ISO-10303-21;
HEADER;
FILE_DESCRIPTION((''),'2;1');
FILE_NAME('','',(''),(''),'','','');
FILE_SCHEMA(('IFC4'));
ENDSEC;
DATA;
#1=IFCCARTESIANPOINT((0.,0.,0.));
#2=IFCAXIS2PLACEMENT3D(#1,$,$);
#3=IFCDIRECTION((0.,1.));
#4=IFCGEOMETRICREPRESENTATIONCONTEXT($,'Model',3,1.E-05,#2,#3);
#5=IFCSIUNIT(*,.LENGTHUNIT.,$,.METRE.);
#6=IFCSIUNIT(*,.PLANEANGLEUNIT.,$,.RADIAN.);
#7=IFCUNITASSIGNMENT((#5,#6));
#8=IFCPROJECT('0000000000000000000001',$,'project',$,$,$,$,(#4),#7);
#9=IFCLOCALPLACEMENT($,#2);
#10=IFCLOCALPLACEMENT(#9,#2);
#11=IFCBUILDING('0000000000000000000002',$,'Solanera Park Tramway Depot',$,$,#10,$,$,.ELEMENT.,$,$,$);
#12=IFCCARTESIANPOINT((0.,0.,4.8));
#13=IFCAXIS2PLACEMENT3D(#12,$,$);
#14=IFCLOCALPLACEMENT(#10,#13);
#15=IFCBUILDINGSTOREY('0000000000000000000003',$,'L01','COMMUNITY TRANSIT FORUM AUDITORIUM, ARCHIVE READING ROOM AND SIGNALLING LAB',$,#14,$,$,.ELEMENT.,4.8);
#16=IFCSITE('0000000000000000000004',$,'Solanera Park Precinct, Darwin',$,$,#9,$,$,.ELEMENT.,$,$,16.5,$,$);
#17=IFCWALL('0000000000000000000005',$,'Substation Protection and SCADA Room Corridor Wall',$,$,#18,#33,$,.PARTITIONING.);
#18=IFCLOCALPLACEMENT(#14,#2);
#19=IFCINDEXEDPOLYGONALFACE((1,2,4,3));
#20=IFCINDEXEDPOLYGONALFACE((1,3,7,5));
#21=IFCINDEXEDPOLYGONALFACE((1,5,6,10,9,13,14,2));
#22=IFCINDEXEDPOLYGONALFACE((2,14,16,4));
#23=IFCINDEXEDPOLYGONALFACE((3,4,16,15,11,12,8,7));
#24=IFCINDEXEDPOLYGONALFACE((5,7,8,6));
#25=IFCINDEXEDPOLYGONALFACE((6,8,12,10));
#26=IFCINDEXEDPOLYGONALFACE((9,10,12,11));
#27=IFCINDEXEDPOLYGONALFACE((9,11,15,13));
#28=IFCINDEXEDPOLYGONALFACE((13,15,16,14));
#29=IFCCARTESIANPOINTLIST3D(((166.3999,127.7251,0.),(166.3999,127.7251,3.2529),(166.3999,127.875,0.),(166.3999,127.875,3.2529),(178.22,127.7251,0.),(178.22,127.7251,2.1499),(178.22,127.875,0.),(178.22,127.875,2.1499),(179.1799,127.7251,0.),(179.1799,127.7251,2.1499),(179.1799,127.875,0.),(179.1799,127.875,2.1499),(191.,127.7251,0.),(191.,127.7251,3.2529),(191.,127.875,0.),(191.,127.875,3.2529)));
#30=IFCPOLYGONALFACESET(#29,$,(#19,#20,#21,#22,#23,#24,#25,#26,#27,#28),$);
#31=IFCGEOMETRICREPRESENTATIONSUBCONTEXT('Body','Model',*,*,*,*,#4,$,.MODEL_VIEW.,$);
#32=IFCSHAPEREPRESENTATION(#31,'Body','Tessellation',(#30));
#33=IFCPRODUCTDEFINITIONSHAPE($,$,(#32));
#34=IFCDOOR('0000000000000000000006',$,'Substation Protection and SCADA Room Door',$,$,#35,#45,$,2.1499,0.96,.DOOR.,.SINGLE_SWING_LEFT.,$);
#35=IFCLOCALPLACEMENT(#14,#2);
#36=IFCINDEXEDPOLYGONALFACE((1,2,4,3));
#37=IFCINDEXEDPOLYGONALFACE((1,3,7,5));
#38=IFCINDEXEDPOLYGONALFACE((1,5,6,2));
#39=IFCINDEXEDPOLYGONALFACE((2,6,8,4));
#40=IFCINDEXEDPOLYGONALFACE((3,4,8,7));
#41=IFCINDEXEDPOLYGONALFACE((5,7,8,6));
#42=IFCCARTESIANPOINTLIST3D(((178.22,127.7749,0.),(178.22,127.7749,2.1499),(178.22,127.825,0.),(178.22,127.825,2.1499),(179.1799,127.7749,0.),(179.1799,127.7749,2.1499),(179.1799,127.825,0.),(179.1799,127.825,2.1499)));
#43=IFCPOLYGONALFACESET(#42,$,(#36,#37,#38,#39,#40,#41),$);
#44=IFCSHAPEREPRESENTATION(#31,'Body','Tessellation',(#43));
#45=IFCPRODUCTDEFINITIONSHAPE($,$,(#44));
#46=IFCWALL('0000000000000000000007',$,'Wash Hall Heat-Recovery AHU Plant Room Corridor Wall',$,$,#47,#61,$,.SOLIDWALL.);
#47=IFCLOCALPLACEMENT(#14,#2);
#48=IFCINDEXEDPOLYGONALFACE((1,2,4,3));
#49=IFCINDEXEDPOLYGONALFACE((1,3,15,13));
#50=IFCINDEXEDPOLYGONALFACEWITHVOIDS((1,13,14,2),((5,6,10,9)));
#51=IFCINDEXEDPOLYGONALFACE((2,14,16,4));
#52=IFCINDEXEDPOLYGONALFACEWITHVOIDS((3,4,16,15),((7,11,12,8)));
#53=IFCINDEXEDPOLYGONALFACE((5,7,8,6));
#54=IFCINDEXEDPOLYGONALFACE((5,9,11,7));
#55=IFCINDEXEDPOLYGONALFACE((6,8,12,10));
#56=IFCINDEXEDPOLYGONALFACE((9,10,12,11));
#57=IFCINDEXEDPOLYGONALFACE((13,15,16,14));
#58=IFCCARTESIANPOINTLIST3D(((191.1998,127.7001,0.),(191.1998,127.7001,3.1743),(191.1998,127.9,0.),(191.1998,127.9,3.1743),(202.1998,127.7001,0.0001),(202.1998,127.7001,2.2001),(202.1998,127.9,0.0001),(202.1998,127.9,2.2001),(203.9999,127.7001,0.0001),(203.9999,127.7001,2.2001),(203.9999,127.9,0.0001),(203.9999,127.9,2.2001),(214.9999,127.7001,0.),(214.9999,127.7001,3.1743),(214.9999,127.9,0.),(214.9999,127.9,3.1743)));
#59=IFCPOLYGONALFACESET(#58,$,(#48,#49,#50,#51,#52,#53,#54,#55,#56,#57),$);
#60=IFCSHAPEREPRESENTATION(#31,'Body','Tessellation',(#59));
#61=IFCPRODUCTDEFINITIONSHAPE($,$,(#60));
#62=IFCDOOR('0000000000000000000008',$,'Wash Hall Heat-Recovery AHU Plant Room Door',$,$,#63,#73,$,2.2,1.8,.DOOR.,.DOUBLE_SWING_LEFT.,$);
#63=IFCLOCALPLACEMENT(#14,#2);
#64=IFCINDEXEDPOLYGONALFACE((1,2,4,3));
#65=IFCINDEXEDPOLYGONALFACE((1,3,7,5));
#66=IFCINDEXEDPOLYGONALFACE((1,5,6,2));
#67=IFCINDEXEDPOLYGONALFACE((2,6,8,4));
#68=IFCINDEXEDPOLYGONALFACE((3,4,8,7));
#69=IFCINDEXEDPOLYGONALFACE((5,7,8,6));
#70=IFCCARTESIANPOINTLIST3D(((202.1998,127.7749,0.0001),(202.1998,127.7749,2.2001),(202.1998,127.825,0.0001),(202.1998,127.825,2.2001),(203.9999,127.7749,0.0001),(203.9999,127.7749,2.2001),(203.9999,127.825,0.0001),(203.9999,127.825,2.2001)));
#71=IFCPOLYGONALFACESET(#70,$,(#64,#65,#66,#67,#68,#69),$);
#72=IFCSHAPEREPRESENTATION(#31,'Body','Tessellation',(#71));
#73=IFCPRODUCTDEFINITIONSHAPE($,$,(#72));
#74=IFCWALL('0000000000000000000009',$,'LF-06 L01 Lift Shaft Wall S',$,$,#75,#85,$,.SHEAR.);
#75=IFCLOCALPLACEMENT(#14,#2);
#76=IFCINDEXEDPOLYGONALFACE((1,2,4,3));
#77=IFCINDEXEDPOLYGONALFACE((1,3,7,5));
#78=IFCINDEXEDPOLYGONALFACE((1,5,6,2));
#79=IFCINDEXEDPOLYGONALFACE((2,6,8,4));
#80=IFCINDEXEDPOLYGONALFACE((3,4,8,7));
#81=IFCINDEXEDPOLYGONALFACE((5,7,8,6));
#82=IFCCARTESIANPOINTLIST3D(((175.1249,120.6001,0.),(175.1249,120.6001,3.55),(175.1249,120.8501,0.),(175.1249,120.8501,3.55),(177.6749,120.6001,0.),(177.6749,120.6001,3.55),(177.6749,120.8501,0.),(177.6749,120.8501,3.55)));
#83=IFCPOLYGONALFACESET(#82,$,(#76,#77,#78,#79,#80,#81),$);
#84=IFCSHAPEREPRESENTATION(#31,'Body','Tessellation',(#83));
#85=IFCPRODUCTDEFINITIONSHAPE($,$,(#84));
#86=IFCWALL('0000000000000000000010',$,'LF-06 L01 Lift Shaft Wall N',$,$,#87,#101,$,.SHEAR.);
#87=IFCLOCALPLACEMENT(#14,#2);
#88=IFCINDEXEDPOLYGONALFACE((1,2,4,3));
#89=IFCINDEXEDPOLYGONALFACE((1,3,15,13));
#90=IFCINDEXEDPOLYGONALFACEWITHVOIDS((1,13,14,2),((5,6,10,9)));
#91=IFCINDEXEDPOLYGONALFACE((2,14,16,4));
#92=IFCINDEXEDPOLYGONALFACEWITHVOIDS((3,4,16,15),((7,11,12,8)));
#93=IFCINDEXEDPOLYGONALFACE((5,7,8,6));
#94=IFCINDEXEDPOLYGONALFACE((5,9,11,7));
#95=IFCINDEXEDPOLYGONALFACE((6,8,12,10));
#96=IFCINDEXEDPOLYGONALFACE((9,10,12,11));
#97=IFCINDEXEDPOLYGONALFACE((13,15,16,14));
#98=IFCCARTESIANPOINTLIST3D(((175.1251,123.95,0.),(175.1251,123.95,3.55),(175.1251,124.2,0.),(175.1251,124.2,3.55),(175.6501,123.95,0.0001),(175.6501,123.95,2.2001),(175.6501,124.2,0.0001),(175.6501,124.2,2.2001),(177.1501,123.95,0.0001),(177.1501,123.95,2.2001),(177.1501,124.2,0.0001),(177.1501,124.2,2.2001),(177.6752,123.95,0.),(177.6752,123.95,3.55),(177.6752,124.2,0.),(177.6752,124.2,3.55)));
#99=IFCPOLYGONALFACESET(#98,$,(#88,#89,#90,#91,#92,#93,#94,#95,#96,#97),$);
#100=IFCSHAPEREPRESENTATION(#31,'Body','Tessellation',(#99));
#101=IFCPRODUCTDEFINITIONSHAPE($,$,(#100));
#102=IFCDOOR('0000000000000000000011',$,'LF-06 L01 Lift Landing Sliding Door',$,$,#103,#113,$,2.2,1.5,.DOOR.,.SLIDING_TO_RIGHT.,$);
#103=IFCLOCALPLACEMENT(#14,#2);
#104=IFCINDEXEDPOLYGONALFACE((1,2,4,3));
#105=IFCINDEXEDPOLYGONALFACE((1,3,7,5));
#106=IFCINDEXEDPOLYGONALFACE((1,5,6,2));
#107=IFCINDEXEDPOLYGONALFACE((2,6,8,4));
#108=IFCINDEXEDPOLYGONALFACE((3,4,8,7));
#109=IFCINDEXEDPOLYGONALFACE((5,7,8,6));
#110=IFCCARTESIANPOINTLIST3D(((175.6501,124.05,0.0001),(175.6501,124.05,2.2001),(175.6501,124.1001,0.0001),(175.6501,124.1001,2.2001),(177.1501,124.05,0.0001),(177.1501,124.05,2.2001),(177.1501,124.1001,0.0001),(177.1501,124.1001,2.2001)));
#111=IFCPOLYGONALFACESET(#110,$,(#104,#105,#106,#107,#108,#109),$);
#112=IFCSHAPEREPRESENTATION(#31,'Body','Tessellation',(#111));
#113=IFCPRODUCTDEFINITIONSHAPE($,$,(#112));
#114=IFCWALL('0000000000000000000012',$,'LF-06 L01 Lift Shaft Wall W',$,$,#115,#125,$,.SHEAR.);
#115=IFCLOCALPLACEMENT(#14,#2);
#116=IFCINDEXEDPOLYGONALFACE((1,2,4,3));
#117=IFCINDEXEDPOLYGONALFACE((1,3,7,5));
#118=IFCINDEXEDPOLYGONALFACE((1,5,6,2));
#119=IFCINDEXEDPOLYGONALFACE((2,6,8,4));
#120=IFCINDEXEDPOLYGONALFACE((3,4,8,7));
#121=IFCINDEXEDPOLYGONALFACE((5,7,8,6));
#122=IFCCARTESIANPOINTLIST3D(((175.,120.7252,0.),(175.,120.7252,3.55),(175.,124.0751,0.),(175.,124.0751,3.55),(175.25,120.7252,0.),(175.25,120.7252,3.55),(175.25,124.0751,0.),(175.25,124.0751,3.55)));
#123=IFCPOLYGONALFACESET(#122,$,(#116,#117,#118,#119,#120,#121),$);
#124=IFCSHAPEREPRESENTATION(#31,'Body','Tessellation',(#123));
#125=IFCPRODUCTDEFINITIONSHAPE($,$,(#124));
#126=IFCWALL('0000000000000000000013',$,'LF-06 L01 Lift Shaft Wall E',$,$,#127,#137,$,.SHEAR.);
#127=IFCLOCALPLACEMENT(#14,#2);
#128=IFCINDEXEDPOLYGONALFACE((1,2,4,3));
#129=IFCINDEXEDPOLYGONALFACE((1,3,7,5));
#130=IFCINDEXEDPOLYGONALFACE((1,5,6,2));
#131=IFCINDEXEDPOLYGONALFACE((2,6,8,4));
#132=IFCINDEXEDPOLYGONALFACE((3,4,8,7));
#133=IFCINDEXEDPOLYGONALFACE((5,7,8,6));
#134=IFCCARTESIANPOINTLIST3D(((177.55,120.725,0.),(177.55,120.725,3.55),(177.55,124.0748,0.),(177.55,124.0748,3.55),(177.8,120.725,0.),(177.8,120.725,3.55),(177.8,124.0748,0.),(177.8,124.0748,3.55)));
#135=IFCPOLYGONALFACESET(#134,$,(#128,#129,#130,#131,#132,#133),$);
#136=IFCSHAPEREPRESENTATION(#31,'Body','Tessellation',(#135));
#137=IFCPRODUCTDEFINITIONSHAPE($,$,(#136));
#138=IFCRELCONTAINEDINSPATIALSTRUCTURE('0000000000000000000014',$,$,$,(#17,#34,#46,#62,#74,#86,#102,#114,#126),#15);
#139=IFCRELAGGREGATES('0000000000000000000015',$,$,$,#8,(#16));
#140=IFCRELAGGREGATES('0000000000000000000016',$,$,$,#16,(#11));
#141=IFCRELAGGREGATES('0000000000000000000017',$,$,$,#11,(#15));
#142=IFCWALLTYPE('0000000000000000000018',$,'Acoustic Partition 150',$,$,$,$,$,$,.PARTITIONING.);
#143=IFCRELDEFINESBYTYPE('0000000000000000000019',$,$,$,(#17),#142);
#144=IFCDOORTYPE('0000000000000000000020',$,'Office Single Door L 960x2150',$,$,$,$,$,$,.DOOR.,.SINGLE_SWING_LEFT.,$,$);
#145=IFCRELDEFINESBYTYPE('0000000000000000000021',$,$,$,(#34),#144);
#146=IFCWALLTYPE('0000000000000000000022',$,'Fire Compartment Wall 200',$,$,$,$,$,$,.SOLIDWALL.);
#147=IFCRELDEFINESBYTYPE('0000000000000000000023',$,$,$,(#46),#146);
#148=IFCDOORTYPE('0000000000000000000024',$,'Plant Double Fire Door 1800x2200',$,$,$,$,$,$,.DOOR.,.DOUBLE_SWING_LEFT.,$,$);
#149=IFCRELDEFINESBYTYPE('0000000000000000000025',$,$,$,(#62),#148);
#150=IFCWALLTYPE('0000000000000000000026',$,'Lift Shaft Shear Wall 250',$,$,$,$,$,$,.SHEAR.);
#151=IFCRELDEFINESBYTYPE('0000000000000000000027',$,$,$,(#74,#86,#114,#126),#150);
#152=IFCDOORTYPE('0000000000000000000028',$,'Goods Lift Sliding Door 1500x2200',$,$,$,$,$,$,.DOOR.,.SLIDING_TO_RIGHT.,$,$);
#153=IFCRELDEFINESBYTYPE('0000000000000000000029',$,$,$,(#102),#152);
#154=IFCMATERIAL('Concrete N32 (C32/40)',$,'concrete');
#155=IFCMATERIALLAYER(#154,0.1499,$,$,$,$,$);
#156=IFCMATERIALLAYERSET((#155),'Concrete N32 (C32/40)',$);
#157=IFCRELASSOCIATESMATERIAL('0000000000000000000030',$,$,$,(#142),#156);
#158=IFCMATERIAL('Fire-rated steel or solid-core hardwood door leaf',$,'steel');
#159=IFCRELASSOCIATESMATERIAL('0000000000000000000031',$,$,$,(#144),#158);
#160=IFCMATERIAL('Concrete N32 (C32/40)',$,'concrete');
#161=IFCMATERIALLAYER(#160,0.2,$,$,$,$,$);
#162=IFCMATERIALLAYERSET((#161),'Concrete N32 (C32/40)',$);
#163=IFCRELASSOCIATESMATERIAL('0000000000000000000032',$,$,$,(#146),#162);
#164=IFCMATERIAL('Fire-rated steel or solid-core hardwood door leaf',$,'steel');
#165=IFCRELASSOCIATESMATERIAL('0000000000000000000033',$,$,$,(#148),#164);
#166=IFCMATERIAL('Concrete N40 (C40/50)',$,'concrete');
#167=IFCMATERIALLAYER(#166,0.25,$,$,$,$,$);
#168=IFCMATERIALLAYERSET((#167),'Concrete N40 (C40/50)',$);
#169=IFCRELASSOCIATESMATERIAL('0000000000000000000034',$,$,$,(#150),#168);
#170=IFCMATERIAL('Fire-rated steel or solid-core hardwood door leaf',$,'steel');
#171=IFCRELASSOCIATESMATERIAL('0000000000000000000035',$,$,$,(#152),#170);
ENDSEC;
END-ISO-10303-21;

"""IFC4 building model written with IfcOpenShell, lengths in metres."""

from ifc_helpers import new_model, si_unit, direction, frame, frame_2d, origin, place, context, subcontext, project, spatial, rectangle, extrude, material, layer, layer_set, type_object, element, fill, save


model = new_model("IFC4")

# Units and contexts
model_context = context("Model", 3, precision=1e-05, world=origin(), true_north=direction((0.0, 1.0)))
body_context = subcontext(model_context, "Body", "Model", "MODEL_VIEW")
ifc_project = project(units=[si_unit("LENGTHUNIT", "METRE"), si_unit("PLANEANGLEUNIT", "RADIAN")], contexts=[model_context])

# Site, building, storey
site_placement = place(None, origin())
site = spatial("IfcSite", under=ifc_project, at=site_placement, Name="Solanera Park Precinct, Darwin", CompositionType="ELEMENT", RefElevation=16.5)
building_placement = place(site_placement, origin())
building = spatial("IfcBuilding", under=site, at=building_placement, Name="Solanera Park Tramway Depot", CompositionType="ELEMENT")
storey_placement = place(building_placement, frame((0.0, 0.0, 4.8)))
storey = spatial("IfcBuildingStorey", under=building, at=storey_placement, Name="L01", Description="COMMUNITY TRANSIT FORUM AUDITORIUM, ARCHIVE READING ROOM AND SIGNALLING LAB", CompositionType="ELEMENT", Elevation=4.8)

# Shared definitions
ifc_material_1 = material(Name="Concrete N32 (C32/40)", Category="concrete")
ifc_layer_1 = layer(ifc_material_1, 0.1499)
ifc_layer_set_1 = layer_set([ifc_layer_1], Name="Concrete N32 (C32/40)")
wall_type_1 = type_object("IfcWallType", Name="Acoustic Partition 150", PredefinedType="PARTITIONING", material=ifc_layer_set_1)

# Walls, openings, doors
wall_1_placement = place(storey_placement, frame((166.3999, 127.8, 0.0), z_axis=(0.0, 0.0, 1.0), x_axis=(1.0, 0.0, 0.0)))
wall_1 = element("IfcWall", 1, at=wall_1_placement, inside=storey, type_object=wall_type_1, Name="Substation Protection and SCADA Room Corridor Wall", PredefinedType="PARTITIONING", context=body_context, shape_type="SweptSolid", body=[
    extrude(rectangle(XDim=24.6001, YDim=0.1499, at=frame_2d((12.3, 0.0))), origin(), (0.0, 0.0, 1.0), 3.2529),
])
opening_1_placement = place(wall_1_placement, frame((11.8201, 0.0, 0.0)))
opening_1 = element("IfcOpeningElement", 2, at=opening_1_placement, cuts=wall_1, PredefinedType="OPENING", context=body_context, shape_type="SweptSolid", body=[
    extrude(rectangle(XDim=0.96, YDim=2.1499, at=frame_2d((0.48, 1.075))), frame((0.0, 0.085, 0.0), z_axis=(0.0, -1.0, 0.0), x_axis=(1.0, 0.0, 0.0)), (0.0, 0.0, 1.0), 0.1699),
])
ifc_material_2 = material(Name="Fire-rated steel or solid-core hardwood door leaf", Category="steel")
door_type_1 = type_object("IfcDoorType", Name="Office Single Door L 960x2150", OperationType="SINGLE_SWING_LEFT", PredefinedType="DOOR", material=ifc_material_2)
door_1_placement = place(opening_1_placement, origin())
door_1 = element("IfcDoor", 3, at=door_1_placement, inside=storey, type_object=door_type_1, Name="Substation Protection and SCADA Room Door", OperationType="SINGLE_SWING_LEFT", OverallHeight=2.1499, OverallWidth=0.96, PredefinedType="DOOR", context=body_context, shape_type="SweptSolid", body=[
    extrude(rectangle(XDim=0.96, YDim=2.1499, at=frame_2d((0.48, 1.075))), frame((0.0, 0.0249, 0.0), z_axis=(0.0, -1.0, 0.0), x_axis=(1.0, 0.0, 0.0)), (0.0, 0.0, 1.0), 0.05),
])
fill(opening_1, door_1)
ifc_material_3 = material(Name="Concrete N32 (C32/40)", Category="concrete")
ifc_layer_2 = layer(ifc_material_3, 0.2)
ifc_layer_set_2 = layer_set([ifc_layer_2], Name="Concrete N32 (C32/40)")
wall_type_2 = type_object("IfcWallType", Name="Fire Compartment Wall 200", PredefinedType="SOLIDWALL", material=ifc_layer_set_2)
wall_2_placement = place(storey_placement, frame((191.2, 127.8, 0.0), z_axis=(0.0, 0.0, 1.0), x_axis=(1.0, 0.0, 0.0)))
wall_2 = element("IfcWall", 4, at=wall_2_placement, inside=storey, type_object=wall_type_2, Name="Wash Hall Heat-Recovery AHU Plant Room Corridor Wall", PredefinedType="SOLIDWALL", context=body_context, shape_type="SweptSolid", body=[
    extrude(rectangle(XDim=23.8, YDim=0.2, at=frame_2d((11.8999, 0.0))), origin(), (0.0, 0.0, 1.0), 3.1743),
])
opening_2_placement = place(wall_2_placement, frame((11.0, 0.0, 0.0)))
opening_2 = element("IfcOpeningElement", 5, at=opening_2_placement, cuts=wall_2, PredefinedType="OPENING", context=body_context, shape_type="SweptSolid", body=[
    extrude(rectangle(XDim=1.8, YDim=2.2, at=frame_2d((0.8999, 1.1001))), frame((0.0, 0.1099, 0.0), z_axis=(0.0, -1.0, 0.0), x_axis=(1.0, 0.0, 0.0)), (0.0, 0.0, 1.0), 0.22),
])
ifc_material_4 = material(Name="Fire-rated steel or solid-core hardwood door leaf", Category="steel")
door_type_2 = type_object("IfcDoorType", Name="Plant Double Fire Door 1800x2200", OperationType="DOUBLE_SWING_LEFT", PredefinedType="DOOR", material=ifc_material_4)
door_2_placement = place(opening_2_placement, origin())
door_2 = element("IfcDoor", 6, at=door_2_placement, inside=storey, type_object=door_type_2, Name="Wash Hall Heat-Recovery AHU Plant Room Door", OperationType="DOUBLE_SWING_LEFT", OverallHeight=2.2, OverallWidth=1.8, PredefinedType="DOOR", context=body_context, shape_type="SweptSolid", body=[
    extrude(rectangle(XDim=1.8, YDim=2.2, at=frame_2d((0.8999, 1.1001))), frame((0.0, 0.0249, 0.0), z_axis=(0.0, -1.0, 0.0), x_axis=(1.0, 0.0, 0.0)), (0.0, 0.0, 1.0), 0.05),
])
fill(opening_2, door_2)

# Wall
ifc_material_5 = material(Name="Concrete N40 (C40/50)", Category="concrete")
ifc_layer_3 = layer(ifc_material_5, 0.25)
ifc_layer_set_3 = layer_set([ifc_layer_3], Name="Concrete N40 (C40/50)")
wall_type_3 = type_object("IfcWallType", Name="Lift Shaft Shear Wall 250", PredefinedType="SHEAR", material=ifc_layer_set_3)
wall_3_placement = place(storey_placement, frame((175.125, 120.7251, 0.0), z_axis=(0.0, 0.0, 1.0), x_axis=(1.0, 0.0, 0.0)))
element("IfcWall", 7, at=wall_3_placement, inside=storey, type_object=wall_type_3, Name="LF-06 L01 Lift Shaft Wall S", PredefinedType="SHEAR", context=body_context, shape_type="SweptSolid", body=[
    extrude(rectangle(XDim=2.55, YDim=0.25, at=frame_2d((1.2749, 0.0))), origin(), (0.0, 0.0, 1.0), 3.55),
])

# Wall, opening, door
wall_4_placement = place(storey_placement, frame((177.675, 124.075, 0.0), z_axis=(0.0, 0.0, 1.0), x_axis=(-1.0, 0.0, 0.0)))
wall_4 = element("IfcWall", 8, at=wall_4_placement, inside=storey, type_object=wall_type_3, Name="LF-06 L01 Lift Shaft Wall N", PredefinedType="SHEAR", context=body_context, shape_type="SweptSolid", body=[
    extrude(rectangle(XDim=2.55, YDim=0.25, at=frame_2d((1.2749, 0.0))), origin(), (0.0, 0.0, 1.0), 3.55),
])
opening_3_placement = place(wall_4_placement, frame((0.5249, 0.0, 0.0)))
opening_3 = element("IfcOpeningElement", 9, at=opening_3_placement, cuts=wall_4, PredefinedType="OPENING", context=body_context, shape_type="SweptSolid", body=[
    extrude(rectangle(XDim=1.5, YDim=2.2, at=frame_2d((0.75, 1.1001))), frame((0.0, 0.135, 0.0), z_axis=(0.0, -1.0, 0.0), x_axis=(1.0, 0.0, 0.0)), (0.0, 0.0, 1.0), 0.27),
])
ifc_material_6 = material(Name="Fire-rated steel or solid-core hardwood door leaf", Category="steel")
door_type_3 = type_object("IfcDoorType", Name="Goods Lift Sliding Door 1500x2200", OperationType="SLIDING_TO_RIGHT", PredefinedType="DOOR", material=ifc_material_6)
door_3_placement = place(opening_3_placement, origin())
door_3 = element("IfcDoor", 10, at=door_3_placement, inside=storey, type_object=door_type_3, Name="LF-06 L01 Lift Landing Sliding Door", OperationType="SLIDING_TO_RIGHT", OverallHeight=2.2, OverallWidth=1.5, PredefinedType="DOOR", context=body_context, shape_type="SweptSolid", body=[
    extrude(rectangle(XDim=1.5, YDim=2.2, at=frame_2d((0.75, 1.1001))), frame((0.0, 0.0249, 0.0), z_axis=(0.0, -1.0, 0.0), x_axis=(1.0, 0.0, 0.0)), (0.0, 0.0, 1.0), 0.05),
])
fill(opening_3, door_3)

# Walls
for number, where, z_axis, x_axis, name in (
    (11, (175.125, 124.075, 0.0), (0.0, 0.0, 1.0), (0.0, -1.0, 0.0), "LF-06 L01 Lift Shaft Wall W"),
    (12, (177.675, 120.7251, 0.0), (0.0, 0.0, 1.0), (0.0, 1.0, 0.0), "LF-06 L01 Lift Shaft Wall E"),
):
    element("IfcWall", number, at=place(storey_placement, frame(where, z_axis=z_axis, x_axis=x_axis)), inside=storey, type_object=wall_type_3, Name=name, PredefinedType="SHEAR", context=body_context, shape_type="SweptSolid", body=[
        extrude(rectangle(XDim=3.3499, YDim=0.25, at=frame_2d((1.6748, 0.0))), origin(), (0.0, 0.0, 1.0), 3.55),
    ])

save(model, "model.ifc")
